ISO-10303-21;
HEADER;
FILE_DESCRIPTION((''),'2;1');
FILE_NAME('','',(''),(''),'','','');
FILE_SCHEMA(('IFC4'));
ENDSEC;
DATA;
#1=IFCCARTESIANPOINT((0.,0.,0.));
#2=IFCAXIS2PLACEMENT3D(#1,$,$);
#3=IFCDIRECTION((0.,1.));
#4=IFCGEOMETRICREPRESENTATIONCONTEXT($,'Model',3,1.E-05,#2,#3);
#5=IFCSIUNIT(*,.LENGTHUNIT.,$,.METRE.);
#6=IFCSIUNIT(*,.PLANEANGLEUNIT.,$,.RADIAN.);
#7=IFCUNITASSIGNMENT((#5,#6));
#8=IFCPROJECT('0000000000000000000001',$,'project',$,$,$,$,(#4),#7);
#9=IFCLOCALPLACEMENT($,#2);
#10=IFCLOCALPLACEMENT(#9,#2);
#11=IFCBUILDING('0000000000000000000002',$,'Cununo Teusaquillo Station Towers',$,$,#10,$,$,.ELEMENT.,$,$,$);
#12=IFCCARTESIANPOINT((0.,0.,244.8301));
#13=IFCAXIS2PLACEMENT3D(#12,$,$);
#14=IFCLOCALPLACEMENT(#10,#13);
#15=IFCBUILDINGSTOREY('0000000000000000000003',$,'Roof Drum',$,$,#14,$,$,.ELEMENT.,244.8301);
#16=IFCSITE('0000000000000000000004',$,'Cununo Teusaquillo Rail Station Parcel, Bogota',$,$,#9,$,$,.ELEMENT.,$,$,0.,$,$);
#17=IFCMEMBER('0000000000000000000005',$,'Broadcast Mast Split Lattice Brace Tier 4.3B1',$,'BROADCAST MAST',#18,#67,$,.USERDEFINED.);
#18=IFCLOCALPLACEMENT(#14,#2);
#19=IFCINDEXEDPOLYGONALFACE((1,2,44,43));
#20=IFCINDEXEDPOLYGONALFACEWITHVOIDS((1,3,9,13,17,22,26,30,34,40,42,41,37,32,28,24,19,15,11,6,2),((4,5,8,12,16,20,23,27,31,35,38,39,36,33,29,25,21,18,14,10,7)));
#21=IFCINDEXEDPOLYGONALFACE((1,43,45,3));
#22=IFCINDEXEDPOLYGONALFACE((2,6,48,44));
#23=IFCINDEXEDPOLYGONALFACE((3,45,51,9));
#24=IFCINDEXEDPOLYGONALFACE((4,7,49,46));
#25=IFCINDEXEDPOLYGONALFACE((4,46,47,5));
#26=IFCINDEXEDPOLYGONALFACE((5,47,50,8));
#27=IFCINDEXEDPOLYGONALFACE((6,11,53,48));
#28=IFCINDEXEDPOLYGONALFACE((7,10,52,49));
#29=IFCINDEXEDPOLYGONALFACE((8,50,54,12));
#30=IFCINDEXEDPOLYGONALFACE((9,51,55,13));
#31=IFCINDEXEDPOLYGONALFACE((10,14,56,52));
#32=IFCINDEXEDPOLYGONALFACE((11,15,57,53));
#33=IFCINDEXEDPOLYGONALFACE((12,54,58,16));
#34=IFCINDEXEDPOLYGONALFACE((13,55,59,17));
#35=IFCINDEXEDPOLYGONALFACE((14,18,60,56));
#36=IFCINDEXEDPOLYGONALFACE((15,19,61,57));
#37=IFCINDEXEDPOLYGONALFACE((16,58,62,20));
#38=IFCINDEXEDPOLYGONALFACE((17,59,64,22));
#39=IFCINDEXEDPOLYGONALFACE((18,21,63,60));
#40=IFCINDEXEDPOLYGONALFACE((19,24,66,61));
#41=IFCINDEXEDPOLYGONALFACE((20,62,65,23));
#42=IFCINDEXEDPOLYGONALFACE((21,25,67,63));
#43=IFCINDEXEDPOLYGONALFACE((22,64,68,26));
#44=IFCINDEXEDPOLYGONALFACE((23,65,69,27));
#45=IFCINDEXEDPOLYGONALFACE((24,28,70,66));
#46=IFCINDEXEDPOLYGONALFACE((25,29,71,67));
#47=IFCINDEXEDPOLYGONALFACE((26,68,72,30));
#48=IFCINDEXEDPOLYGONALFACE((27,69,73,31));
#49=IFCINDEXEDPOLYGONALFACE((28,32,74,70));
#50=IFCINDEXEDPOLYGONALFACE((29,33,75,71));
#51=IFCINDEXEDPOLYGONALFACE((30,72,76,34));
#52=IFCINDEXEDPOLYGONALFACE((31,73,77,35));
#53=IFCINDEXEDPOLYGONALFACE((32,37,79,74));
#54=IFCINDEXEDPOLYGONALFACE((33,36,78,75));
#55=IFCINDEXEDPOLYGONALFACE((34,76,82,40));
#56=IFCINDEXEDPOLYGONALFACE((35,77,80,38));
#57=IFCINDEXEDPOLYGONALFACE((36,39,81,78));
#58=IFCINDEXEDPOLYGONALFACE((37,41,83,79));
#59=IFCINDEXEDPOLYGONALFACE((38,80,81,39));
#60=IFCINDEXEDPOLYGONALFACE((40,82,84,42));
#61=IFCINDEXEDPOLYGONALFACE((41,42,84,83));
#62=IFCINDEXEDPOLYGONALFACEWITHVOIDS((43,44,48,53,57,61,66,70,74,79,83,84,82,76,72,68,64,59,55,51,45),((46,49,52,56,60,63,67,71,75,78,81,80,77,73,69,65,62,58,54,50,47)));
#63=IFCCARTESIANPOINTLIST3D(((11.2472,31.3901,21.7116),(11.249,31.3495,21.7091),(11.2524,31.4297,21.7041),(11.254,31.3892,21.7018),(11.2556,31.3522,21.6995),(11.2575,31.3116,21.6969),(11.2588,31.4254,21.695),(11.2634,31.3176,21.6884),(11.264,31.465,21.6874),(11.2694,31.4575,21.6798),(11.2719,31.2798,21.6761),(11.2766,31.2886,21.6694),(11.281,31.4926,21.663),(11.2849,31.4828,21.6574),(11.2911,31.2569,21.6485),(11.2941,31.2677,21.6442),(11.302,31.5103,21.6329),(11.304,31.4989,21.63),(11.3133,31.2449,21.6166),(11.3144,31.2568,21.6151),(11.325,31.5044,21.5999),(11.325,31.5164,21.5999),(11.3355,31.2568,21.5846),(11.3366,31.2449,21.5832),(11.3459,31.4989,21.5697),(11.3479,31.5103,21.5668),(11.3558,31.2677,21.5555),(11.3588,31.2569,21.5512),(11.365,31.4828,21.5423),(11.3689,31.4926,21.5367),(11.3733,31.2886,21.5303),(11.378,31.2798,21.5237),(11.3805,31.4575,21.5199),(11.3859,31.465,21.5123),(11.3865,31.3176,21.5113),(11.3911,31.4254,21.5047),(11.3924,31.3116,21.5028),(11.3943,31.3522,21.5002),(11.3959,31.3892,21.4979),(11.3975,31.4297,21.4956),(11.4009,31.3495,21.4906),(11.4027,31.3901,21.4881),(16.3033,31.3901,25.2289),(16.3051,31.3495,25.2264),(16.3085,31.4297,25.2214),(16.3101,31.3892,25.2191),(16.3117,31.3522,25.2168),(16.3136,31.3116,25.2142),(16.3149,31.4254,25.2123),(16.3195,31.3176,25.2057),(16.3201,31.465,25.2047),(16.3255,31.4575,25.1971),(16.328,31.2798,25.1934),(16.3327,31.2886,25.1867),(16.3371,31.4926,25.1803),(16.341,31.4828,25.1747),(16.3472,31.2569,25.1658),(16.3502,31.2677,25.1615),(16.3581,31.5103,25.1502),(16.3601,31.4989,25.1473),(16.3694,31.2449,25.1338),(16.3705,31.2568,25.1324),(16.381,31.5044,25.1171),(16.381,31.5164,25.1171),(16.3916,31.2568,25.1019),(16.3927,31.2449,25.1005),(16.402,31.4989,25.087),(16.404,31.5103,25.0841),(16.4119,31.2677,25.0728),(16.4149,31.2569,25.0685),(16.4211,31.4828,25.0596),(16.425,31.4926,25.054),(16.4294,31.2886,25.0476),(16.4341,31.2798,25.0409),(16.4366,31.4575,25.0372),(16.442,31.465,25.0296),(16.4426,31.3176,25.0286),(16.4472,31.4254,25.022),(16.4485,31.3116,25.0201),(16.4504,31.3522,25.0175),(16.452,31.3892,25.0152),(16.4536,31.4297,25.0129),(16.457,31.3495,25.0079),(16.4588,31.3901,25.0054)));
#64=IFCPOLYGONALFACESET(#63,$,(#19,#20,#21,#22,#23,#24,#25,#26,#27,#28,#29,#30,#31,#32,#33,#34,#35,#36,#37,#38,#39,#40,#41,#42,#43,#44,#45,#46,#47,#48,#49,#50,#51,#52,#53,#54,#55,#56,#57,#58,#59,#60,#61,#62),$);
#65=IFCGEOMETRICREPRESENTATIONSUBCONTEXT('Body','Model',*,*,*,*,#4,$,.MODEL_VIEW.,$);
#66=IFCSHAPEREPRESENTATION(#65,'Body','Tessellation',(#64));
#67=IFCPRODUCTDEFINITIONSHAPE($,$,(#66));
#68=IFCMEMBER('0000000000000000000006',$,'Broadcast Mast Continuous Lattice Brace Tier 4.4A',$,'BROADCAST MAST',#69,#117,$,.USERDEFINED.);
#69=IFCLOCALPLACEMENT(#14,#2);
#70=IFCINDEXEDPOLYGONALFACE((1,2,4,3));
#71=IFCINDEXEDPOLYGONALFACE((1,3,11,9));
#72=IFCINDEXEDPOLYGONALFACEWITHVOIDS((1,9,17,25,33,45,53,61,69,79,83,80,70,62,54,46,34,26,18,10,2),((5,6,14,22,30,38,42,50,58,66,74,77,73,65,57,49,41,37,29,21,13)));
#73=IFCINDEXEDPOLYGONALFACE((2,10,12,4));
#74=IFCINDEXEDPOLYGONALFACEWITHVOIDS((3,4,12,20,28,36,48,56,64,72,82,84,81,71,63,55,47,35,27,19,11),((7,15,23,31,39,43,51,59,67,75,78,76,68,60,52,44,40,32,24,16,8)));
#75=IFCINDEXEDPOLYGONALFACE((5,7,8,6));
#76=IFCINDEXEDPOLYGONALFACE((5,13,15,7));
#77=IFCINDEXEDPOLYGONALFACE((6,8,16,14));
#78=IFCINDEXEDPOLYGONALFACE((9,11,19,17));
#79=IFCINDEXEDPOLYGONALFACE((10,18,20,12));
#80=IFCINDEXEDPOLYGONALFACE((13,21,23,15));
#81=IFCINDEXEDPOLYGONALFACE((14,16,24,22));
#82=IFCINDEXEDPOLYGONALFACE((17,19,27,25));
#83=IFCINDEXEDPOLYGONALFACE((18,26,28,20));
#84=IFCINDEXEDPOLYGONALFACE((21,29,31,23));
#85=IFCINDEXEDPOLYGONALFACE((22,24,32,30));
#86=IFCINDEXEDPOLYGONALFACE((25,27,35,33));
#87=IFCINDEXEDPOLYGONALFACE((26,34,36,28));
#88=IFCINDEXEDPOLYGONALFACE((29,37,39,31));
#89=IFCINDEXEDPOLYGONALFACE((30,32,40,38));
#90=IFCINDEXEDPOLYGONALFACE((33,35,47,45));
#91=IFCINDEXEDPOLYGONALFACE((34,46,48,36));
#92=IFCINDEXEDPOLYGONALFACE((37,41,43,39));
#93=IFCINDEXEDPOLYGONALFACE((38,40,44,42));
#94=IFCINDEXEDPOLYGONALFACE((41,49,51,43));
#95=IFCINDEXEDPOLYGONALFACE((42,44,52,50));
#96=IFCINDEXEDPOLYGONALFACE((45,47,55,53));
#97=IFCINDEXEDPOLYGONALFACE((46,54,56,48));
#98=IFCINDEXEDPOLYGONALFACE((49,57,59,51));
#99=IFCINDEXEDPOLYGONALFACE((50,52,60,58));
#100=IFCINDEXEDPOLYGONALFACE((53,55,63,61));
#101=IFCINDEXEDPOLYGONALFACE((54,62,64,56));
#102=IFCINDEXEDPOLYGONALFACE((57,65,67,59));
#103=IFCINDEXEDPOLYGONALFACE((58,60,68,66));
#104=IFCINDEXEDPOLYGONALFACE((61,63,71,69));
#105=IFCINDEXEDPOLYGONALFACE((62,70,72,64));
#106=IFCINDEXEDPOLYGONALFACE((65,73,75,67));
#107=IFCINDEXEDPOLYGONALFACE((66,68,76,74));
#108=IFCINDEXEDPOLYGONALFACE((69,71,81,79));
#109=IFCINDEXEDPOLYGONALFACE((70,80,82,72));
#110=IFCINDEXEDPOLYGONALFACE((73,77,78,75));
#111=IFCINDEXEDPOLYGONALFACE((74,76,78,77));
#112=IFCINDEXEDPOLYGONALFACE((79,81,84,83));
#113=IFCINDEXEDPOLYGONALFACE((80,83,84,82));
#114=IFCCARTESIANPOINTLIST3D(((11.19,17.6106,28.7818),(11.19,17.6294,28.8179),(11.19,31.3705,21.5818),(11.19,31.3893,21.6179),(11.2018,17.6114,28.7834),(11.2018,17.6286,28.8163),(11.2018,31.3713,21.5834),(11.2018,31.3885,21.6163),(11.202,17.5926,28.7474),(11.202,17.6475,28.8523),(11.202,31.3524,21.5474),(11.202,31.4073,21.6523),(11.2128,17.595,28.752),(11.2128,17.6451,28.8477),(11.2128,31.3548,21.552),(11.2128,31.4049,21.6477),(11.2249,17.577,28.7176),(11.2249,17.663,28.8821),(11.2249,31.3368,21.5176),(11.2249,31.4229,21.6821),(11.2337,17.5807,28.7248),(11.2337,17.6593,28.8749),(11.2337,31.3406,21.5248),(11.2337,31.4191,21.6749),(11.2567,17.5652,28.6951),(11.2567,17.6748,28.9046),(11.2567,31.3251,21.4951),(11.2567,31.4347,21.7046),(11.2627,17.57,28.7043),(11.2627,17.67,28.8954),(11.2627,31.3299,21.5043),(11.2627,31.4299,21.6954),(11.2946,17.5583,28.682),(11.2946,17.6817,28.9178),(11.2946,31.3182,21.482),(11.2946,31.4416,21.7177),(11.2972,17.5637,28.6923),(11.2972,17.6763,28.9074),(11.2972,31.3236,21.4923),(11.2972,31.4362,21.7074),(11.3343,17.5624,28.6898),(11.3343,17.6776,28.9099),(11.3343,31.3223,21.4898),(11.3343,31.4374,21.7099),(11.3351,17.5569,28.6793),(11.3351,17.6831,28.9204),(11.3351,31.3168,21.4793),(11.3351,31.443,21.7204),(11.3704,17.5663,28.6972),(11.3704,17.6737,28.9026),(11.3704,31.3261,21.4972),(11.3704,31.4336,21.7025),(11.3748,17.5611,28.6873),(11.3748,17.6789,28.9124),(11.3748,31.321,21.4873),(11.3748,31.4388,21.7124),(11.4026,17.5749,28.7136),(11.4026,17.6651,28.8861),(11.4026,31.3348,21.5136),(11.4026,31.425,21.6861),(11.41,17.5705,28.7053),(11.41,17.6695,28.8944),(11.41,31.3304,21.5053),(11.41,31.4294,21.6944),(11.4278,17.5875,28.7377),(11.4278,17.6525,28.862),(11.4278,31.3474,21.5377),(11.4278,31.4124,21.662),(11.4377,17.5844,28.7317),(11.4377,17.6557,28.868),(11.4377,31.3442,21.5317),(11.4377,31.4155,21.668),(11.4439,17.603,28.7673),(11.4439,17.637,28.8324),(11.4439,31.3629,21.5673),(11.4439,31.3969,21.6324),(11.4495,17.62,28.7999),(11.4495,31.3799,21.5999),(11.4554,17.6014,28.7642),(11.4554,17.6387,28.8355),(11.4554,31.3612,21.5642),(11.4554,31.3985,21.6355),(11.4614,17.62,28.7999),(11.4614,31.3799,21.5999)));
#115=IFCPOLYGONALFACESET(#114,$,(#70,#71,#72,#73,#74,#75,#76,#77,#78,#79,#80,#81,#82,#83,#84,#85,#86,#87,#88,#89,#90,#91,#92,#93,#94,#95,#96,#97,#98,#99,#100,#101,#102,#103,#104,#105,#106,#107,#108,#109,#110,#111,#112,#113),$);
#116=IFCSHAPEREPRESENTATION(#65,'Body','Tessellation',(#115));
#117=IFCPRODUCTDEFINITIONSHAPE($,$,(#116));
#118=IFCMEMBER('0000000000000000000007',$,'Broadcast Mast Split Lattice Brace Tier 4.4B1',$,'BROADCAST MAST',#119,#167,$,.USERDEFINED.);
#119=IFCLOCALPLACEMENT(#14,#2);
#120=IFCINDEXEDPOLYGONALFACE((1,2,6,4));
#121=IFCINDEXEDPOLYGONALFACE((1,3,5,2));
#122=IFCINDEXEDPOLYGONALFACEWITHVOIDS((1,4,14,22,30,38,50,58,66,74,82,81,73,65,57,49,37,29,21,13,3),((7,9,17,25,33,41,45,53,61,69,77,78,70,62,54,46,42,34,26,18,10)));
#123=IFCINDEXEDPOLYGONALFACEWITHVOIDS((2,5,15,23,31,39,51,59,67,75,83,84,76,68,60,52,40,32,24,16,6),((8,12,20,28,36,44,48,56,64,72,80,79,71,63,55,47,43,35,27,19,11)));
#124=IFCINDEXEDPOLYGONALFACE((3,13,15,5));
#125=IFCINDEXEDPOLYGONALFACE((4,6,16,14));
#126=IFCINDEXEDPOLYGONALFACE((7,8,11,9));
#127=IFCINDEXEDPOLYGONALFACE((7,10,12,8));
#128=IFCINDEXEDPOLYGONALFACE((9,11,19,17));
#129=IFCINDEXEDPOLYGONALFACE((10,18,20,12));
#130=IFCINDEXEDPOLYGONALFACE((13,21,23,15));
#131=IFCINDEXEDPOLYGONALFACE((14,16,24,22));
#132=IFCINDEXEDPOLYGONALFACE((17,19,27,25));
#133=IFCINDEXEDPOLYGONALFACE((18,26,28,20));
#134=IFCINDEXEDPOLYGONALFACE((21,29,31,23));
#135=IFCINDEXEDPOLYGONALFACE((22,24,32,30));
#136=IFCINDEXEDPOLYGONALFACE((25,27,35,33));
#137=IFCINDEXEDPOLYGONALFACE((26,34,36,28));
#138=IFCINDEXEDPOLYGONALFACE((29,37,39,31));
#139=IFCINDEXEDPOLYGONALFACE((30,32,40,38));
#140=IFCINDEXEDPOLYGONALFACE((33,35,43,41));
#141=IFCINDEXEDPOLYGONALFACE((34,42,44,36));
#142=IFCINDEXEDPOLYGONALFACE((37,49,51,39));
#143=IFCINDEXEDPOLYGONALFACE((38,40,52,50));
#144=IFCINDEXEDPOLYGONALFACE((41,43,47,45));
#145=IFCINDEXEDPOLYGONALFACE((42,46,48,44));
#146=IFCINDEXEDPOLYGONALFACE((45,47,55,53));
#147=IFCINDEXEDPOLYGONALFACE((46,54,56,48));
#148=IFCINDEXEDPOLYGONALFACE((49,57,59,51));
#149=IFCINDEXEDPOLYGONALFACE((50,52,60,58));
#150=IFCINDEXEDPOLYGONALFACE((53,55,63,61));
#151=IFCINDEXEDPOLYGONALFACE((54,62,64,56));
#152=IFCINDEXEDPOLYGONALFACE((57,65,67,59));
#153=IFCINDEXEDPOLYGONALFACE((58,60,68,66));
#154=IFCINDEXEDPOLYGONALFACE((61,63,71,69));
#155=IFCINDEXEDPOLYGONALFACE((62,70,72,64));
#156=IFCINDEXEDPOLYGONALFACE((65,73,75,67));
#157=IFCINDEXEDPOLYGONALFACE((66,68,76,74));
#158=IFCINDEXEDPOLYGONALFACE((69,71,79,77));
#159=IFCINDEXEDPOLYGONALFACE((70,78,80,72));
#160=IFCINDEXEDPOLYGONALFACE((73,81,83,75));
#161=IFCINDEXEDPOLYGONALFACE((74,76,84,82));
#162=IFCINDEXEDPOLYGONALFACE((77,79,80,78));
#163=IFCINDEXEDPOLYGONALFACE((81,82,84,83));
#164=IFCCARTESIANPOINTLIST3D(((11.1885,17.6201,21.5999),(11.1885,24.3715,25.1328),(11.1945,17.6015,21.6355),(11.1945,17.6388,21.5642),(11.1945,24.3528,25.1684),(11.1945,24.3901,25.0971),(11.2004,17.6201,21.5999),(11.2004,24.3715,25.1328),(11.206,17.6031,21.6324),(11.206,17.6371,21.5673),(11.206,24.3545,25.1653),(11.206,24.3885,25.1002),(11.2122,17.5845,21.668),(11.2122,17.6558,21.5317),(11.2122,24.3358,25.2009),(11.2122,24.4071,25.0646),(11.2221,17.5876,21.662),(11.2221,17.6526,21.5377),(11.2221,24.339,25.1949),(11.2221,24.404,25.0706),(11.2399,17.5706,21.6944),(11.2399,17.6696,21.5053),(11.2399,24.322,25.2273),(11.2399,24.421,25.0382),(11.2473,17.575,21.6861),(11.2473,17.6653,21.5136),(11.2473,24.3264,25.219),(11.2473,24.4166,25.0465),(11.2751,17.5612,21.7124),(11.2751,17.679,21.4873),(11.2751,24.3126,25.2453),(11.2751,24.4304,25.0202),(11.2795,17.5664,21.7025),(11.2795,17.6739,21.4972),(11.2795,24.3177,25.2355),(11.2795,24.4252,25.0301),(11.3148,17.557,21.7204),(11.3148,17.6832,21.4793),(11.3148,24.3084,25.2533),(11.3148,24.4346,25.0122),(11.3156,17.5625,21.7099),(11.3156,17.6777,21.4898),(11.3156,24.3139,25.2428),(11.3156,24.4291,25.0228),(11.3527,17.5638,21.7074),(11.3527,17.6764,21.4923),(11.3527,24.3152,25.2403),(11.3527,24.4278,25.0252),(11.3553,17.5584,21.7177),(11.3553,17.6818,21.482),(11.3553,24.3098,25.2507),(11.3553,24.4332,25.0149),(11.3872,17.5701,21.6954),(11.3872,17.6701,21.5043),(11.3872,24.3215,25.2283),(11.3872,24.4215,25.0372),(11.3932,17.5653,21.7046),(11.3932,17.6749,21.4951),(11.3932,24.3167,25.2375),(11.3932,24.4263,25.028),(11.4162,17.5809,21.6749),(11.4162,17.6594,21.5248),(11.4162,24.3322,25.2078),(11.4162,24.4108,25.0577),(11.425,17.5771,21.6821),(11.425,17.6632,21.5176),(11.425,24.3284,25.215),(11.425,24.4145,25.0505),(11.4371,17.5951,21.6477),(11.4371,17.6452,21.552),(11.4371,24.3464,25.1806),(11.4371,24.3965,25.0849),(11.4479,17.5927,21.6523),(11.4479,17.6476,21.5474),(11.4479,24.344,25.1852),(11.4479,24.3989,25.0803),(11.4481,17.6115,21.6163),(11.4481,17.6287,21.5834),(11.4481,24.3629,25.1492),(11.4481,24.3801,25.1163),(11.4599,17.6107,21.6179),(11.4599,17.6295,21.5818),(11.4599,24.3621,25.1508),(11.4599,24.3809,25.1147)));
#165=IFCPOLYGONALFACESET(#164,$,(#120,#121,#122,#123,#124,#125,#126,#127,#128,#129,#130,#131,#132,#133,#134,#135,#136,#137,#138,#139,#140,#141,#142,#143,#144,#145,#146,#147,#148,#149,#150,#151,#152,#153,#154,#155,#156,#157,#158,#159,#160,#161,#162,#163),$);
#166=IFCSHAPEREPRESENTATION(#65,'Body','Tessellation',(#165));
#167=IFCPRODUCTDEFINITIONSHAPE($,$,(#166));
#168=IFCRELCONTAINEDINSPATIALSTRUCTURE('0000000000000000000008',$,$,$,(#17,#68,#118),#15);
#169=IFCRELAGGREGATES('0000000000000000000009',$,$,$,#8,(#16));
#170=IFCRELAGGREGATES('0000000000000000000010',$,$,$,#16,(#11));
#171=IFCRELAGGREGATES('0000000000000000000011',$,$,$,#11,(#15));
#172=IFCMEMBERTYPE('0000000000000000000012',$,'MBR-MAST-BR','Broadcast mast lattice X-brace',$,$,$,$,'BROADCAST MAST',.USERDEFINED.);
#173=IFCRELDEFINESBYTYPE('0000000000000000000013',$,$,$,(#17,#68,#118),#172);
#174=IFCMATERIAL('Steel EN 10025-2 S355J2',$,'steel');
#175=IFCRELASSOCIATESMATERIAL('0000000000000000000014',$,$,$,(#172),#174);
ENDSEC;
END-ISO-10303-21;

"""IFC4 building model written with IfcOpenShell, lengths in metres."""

from ifc_helpers import new_model, si_unit, direction, frame, origin, origin_2d, place, context, subcontext, project, spatial, hollow_circle, extrude, material, material_profile, profile_set, type_object, element, save


model = new_model("IFC4")

# Units and contexts
model_context = context("Model", 3, precision=1e-05, world=origin(), true_north=direction((0.0, 1.0)))
body_context = subcontext(model_context, "Body", "Model", "MODEL_VIEW")
ifc_project = project(units=[si_unit("LENGTHUNIT", "METRE"), si_unit("PLANEANGLEUNIT", "RADIAN")], contexts=[model_context])

# Site, building, storey
site_placement = place(None, origin())
site = spatial("IfcSite", under=ifc_project, at=site_placement, Name="Cununo Teusaquillo Rail Station Parcel, Bogota", CompositionType="ELEMENT", RefElevation=0.0)
building_placement = place(site_placement, origin())
building = spatial("IfcBuilding", under=site, at=building_placement, Name="Cununo Teusaquillo Station Towers", CompositionType="ELEMENT")
storey_placement = place(building_placement, frame((0.0, 0.0, 244.8301)))
storey = spatial("IfcBuildingStorey", under=building, at=storey_placement, Name="Roof Drum", CompositionType="ELEMENT", Elevation=244.8301)

# Members
ifc_material_1 = material(Name="Steel EN 10025-2 S355J2", Category="steel")
ifc_material_profile_1 = material_profile(ifc_material_1, hollow_circle(Radius=0.1365, WallThickness=0.012, at=origin_2d()), Name="CHS 273x12")
ifc_profile_set_1 = profile_set([ifc_material_profile_1], Name="Steel EN 10025-2 S355J2")
member_type = type_object("IfcMemberType", Name="MBR-MAST-BR", Description="Broadcast mast lattice X-brace", ElementType="BROADCAST MAST", PredefinedType="USERDEFINED", material=ifc_profile_set_1)
for number, where, z_axis, x_axis, name in (
    (1, (11.325, 31.3799, 21.5999), (0.820904, 0.0, 0.571066), (0.0, 1.0, 0.0), "Broadcast Mast Split Lattice Brace Tier 4.3B1"),
):
    element("IfcMember", number, at=place(storey_placement, frame(where, z_axis=z_axis, x_axis=x_axis)), inside=storey, type_object=member_type, Name=name, ObjectType="BROADCAST MAST", PredefinedType="USERDEFINED", context=body_context, shape_type="SweptSolid", body=[
        extrude(hollow_circle(Radius=0.1365, WallThickness=0.012, at=origin_2d()), origin(), (0.0, 0.0, 1.0), 6.1592),
    ])
member_1_placement = place(storey_placement, frame((11.325, 31.3799, 21.5999), z_axis=(0.0, -0.886031, 0.463626), x_axis=(1.0, 0.0, 0.0)))
element("IfcMember", 2, at=member_1_placement, inside=storey, type_object=member_type, Name="Broadcast Mast Continuous Lattice Brace Tier 4.4A", ObjectType="BROADCAST MAST", PredefinedType="USERDEFINED", context=body_context, shape_type="SweptSolid", body=[
    extrude(hollow_circle(Radius=0.1365, WallThickness=0.012, at=origin_2d()), origin(), (0.0, 0.0, 1.0), 15.5298),
])
for number, where, z_axis, x_axis, name in (
    (3, (11.325, 17.6201, 21.5999), (0.0, 0.886021, 0.463644), (-1.0, 0.0, 0.0), "Broadcast Mast Split Lattice Brace Tier 4.4B1"),
):
    element("IfcMember", number, at=place(storey_placement, frame(where, z_axis=z_axis, x_axis=x_axis)), inside=storey, type_object=member_type, Name=name, ObjectType="BROADCAST MAST", PredefinedType="USERDEFINED", context=body_context, shape_type="SweptSolid", body=[
        extrude(hollow_circle(Radius=0.1365, WallThickness=0.012, at=origin_2d()), origin(), (0.0, 0.0, 1.0), 7.6199),
    ])

save(model, "model.ifc")
